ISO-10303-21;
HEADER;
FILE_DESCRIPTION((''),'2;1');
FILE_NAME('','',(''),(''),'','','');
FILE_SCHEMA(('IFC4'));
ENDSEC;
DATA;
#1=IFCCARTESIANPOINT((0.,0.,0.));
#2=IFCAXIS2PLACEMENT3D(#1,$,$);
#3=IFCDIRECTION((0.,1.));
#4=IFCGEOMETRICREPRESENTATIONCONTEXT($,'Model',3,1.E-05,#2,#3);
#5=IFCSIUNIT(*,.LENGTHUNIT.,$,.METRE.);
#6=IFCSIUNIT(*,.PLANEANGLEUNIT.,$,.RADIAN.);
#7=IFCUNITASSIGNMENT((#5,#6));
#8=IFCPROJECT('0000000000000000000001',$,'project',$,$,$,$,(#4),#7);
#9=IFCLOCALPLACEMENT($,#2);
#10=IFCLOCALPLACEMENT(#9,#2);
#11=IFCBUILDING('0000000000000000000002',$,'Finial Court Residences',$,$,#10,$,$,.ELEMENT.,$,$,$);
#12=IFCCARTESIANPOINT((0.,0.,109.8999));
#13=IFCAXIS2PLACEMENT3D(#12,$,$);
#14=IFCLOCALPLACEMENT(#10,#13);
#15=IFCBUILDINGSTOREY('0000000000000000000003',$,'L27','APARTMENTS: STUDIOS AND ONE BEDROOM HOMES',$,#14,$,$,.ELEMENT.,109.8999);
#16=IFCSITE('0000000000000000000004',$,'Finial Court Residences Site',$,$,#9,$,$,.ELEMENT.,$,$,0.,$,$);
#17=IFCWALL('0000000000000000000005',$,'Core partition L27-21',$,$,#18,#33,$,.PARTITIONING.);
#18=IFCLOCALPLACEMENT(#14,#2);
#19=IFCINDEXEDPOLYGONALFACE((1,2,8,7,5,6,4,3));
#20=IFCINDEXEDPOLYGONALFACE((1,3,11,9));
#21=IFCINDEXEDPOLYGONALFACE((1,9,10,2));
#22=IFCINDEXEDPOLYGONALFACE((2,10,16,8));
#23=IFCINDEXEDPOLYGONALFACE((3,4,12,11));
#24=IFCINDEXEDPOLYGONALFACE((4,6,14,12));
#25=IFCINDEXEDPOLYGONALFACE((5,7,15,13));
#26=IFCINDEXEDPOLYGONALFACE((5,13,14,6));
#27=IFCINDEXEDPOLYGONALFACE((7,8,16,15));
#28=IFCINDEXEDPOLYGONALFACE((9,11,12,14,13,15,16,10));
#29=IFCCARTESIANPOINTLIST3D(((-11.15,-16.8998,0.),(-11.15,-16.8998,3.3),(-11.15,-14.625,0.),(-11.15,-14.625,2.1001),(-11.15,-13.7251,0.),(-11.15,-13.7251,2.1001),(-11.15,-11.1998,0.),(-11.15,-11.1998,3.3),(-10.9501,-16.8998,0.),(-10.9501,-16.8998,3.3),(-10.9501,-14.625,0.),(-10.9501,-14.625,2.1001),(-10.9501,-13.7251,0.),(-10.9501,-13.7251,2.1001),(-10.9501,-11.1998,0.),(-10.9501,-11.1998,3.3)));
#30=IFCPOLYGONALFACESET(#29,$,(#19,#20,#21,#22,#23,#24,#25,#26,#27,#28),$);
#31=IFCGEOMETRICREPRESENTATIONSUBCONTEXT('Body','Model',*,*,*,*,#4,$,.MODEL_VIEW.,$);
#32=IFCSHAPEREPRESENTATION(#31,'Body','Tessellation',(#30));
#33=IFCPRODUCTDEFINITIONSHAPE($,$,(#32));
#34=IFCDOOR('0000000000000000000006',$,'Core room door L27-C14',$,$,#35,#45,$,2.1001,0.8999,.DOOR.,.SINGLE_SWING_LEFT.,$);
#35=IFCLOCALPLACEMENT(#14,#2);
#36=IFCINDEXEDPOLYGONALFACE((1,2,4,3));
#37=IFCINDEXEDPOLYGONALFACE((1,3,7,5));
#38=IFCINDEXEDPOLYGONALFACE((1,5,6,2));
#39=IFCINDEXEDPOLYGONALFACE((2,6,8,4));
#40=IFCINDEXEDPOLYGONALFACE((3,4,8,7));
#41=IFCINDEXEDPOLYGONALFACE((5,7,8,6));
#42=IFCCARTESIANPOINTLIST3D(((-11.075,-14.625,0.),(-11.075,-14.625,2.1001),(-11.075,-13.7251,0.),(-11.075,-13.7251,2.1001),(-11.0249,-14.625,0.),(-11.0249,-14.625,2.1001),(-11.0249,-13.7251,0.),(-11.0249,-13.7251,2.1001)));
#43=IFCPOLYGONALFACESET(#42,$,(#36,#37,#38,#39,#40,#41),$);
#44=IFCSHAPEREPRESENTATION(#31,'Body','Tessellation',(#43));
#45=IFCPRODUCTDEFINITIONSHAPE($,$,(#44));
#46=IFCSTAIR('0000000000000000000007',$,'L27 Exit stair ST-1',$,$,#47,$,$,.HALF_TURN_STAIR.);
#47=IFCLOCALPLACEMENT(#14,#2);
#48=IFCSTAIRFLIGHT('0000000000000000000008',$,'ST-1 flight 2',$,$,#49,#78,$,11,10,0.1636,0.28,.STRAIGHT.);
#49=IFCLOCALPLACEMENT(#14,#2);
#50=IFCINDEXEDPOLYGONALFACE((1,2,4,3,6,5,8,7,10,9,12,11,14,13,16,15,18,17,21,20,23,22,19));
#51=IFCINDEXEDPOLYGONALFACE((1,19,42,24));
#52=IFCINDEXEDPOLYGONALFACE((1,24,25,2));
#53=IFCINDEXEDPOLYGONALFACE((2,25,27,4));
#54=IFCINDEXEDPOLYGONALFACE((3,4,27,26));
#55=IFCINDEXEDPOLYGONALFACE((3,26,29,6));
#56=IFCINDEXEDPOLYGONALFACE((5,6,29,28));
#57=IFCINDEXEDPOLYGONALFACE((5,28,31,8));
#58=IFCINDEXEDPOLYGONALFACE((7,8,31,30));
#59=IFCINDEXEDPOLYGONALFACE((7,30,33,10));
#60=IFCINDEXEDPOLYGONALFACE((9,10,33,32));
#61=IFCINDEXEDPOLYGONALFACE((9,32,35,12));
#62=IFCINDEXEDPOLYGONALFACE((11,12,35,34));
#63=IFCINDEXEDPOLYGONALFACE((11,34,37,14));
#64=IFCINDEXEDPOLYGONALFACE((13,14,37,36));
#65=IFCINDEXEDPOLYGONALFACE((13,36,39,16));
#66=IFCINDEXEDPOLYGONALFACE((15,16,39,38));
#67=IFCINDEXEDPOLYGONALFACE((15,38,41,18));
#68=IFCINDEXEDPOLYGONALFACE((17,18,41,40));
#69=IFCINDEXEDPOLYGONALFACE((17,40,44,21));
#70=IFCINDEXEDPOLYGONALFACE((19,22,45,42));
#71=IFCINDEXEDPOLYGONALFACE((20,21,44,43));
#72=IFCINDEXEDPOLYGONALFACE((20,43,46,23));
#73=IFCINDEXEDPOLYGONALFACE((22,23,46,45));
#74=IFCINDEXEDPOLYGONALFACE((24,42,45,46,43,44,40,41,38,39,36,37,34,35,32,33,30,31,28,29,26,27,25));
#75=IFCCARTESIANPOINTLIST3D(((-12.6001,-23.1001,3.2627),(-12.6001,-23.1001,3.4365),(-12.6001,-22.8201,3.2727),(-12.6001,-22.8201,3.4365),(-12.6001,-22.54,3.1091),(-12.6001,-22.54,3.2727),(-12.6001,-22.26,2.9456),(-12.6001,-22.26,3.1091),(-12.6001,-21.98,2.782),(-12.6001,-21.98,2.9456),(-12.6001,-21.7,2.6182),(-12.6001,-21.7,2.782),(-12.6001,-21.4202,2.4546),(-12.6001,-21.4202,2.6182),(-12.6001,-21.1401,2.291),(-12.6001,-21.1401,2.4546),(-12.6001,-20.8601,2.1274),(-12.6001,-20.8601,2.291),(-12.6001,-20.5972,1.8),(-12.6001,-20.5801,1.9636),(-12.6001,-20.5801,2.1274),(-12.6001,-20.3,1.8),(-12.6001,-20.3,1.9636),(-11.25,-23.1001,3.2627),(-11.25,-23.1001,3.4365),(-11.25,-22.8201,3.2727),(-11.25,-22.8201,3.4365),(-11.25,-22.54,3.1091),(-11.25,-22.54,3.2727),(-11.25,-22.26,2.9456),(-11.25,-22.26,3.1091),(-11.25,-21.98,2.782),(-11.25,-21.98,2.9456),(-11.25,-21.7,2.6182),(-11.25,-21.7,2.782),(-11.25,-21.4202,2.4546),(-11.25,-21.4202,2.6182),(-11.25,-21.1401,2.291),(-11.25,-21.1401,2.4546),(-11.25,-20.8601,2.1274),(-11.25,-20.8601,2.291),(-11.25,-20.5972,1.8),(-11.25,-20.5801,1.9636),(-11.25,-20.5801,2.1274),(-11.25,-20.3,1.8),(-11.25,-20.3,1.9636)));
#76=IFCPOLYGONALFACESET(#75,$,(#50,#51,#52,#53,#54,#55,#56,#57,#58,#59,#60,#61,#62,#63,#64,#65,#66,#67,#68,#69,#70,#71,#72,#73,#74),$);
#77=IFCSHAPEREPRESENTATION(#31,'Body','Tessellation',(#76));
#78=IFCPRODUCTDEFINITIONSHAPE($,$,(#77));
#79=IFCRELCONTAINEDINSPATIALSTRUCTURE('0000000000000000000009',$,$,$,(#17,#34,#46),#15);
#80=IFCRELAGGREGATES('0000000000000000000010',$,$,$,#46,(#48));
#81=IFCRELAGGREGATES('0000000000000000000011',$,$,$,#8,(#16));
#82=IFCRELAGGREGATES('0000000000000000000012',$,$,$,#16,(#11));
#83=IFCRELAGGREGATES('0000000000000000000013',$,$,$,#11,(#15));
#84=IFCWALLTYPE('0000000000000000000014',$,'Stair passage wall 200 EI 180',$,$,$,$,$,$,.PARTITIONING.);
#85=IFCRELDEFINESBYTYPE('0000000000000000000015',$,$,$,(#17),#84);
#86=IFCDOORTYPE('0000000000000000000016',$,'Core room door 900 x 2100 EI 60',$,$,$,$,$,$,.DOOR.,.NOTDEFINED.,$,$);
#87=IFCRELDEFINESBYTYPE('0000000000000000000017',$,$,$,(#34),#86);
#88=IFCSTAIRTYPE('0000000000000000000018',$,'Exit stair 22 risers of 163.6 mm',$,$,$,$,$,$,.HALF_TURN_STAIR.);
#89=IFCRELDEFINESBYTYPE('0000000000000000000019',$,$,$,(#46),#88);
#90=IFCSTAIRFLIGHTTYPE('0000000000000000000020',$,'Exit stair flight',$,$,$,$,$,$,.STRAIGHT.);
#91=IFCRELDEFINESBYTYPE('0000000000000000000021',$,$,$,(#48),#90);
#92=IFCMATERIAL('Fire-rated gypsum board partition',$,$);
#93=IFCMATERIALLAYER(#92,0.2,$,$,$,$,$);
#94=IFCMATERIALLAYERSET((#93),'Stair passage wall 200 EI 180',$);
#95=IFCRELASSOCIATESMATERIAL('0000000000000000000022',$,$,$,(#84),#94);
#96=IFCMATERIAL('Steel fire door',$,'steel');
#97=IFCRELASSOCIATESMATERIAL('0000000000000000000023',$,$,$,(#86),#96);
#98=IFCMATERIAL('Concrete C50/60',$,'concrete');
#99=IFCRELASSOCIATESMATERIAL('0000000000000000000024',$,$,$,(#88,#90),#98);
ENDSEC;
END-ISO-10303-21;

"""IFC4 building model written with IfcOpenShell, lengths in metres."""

from ifc_helpers import new_model, si_unit, direction, frame, frame_2d, origin, place, context, subcontext, project, spatial, polyline, rectangle, outline, extrude, material, layer, layer_set, type_object, element, fill, aggregate, save


model = new_model("IFC4")

# Units and contexts
model_context = context("Model", 3, precision=1e-05, world=origin(), true_north=direction((0.0, 1.0)))
body_context = subcontext(model_context, "Body", "Model", "MODEL_VIEW")
ifc_project = project(units=[si_unit("LENGTHUNIT", "METRE"), si_unit("PLANEANGLEUNIT", "RADIAN")], contexts=[model_context])

# Site, building, storey
site_placement = place(None, origin())
site = spatial("IfcSite", under=ifc_project, at=site_placement, Name="Finial Court Residences Site", CompositionType="ELEMENT", RefElevation=0.0)
building_placement = place(site_placement, origin())
building = spatial("IfcBuilding", under=site, at=building_placement, Name="Finial Court Residences", CompositionType="ELEMENT")
storey_placement = place(building_placement, frame((0.0, 0.0, 109.8999)))
storey = spatial("IfcBuildingStorey", under=building, at=storey_placement, Name="L27", Description="APARTMENTS: STUDIOS AND ONE BEDROOM HOMES", CompositionType="ELEMENT", Elevation=109.8999)

# Wall, opening, door
ifc_material_1 = material(Name="Fire-rated gypsum board partition")
ifc_material_2 = material(Name="Steel fire door", Category="steel")
ifc_layer_1 = layer(ifc_material_1, 0.2)
ifc_layer_set_1 = layer_set([ifc_layer_1], Name="Stair passage wall 200 EI 180")
wall_type_1 = type_object("IfcWallType", Name="Stair passage wall 200 EI 180", PredefinedType="PARTITIONING", material=ifc_layer_set_1)
wall_1_placement = place(storey_placement, frame((-11.05, -16.8999, 0.0), z_axis=(0.0, 0.0, 1.0), x_axis=(0.0, 1.0, 0.0)))
wall_1 = element("IfcWall", 1, at=wall_1_placement, inside=storey, type_object=wall_type_1, Name="Core partition L27-21", PredefinedType="PARTITIONING", context=body_context, shape_type="SweptSolid", body=[
    extrude(rectangle(XDim=5.7, YDim=0.2, at=frame_2d((2.8501, 0.0))), origin(), (0.0, 0.0, 1.0), 3.3),
])
opening_1_placement = place(wall_1_placement, frame((2.2749, 0.0, 0.0)))
opening_1 = element("IfcOpeningElement", 2, at=opening_1_placement, cuts=wall_1, PredefinedType="OPENING", context=body_context, shape_type="SweptSolid", body=[
    extrude(rectangle(XDim=0.8999, YDim=2.1001, at=frame_2d((0.45, 1.05))), frame((0.0, 0.1099, 0.0), z_axis=(0.0, -1.0, 0.0), x_axis=(1.0, 0.0, 0.0)), (0.0, 0.0, 1.0), 0.22),
])
door_type_1 = type_object("IfcDoorType", Name="Core room door 900 x 2100 EI 60", OperationType="NOTDEFINED", PredefinedType="DOOR", material=ifc_material_2)
door_1_placement = place(opening_1_placement, origin())
door_1 = element("IfcDoor", 3, at=door_1_placement, inside=storey, type_object=door_type_1, Name="Core room door L27-C14", OperationType="SINGLE_SWING_LEFT", OverallHeight=2.1001, OverallWidth=0.8999, PredefinedType="DOOR", context=body_context, shape_type="SweptSolid", body=[
    extrude(rectangle(XDim=0.8999, YDim=2.1001, at=frame_2d((0.45, 1.05))), frame((0.0, 0.0249, 0.0), z_axis=(0.0, -1.0, 0.0), x_axis=(1.0, 0.0, 0.0)), (0.0, 0.0, 1.0), 0.05),
])
fill(opening_1, door_1)

# Stair, stair flight
ifc_material_3 = material(Name="Concrete C50/60", Category="concrete")
stair_type = type_object("IfcStairType", Name="Exit stair 22 risers of 163.6 mm", PredefinedType="HALF_TURN_STAIR", material=ifc_material_3)
stair_placement = place(storey_placement, origin())
stair = element("IfcStair", 4, at=stair_placement, inside=storey, type_object=stair_type, Name="L27 Exit stair ST-1", PredefinedType="HALF_TURN_STAIR")
stair_flight_type = type_object("IfcStairFlightType", Name="Exit stair flight", PredefinedType="STRAIGHT", material=ifc_material_3)
stair_flight_placement = place(storey_placement, frame((-11.925, -20.3, 1.8), z_axis=(0.0, 0.0, 1.0), x_axis=(0.0, -1.0, 0.0)))
stair_flight = element("IfcStairFlight", 5, at=stair_flight_placement, type_object=stair_flight_type, Name="ST-1 flight 2", NumberOfRisers=11, NumberOfTreads=10, PredefinedType="STRAIGHT", RiserHeight=0.1636, TreadLength=0.28, context=body_context, shape_type="SweptSolid", body=[
    extrude(outline(polyline([(0.0, 0.0), (0.0, 0.1636), (0.28, 0.1636), (0.28, 0.3274), (0.5601, 0.3274), (0.5601, 0.491), (0.8401, 0.491), (0.8401, 0.6545), (1.1201, 0.6545), (1.1201, 0.8181), (1.3999, 0.8181), (1.3999, 0.9819), (1.6799, 0.9819), (1.6799, 1.1455), (1.96, 1.1455), (1.96, 1.3091), (2.24, 1.3091), (2.24, 1.4727), (2.52, 1.4727), (2.52, 1.6365), (2.8, 1.6365), (2.8, 1.8), (2.8, 1.4626), (0.2971, 0.0), (0.0, 0.0)])), frame((0.0, 0.675, 0.0), z_axis=(0.0, -1.0, 0.0), x_axis=(1.0, 0.0, 0.0)), (0.0, 0.0, 1.0), 1.3501),
])
aggregate(stair, [stair_flight])

save(model, "model.ifc")
